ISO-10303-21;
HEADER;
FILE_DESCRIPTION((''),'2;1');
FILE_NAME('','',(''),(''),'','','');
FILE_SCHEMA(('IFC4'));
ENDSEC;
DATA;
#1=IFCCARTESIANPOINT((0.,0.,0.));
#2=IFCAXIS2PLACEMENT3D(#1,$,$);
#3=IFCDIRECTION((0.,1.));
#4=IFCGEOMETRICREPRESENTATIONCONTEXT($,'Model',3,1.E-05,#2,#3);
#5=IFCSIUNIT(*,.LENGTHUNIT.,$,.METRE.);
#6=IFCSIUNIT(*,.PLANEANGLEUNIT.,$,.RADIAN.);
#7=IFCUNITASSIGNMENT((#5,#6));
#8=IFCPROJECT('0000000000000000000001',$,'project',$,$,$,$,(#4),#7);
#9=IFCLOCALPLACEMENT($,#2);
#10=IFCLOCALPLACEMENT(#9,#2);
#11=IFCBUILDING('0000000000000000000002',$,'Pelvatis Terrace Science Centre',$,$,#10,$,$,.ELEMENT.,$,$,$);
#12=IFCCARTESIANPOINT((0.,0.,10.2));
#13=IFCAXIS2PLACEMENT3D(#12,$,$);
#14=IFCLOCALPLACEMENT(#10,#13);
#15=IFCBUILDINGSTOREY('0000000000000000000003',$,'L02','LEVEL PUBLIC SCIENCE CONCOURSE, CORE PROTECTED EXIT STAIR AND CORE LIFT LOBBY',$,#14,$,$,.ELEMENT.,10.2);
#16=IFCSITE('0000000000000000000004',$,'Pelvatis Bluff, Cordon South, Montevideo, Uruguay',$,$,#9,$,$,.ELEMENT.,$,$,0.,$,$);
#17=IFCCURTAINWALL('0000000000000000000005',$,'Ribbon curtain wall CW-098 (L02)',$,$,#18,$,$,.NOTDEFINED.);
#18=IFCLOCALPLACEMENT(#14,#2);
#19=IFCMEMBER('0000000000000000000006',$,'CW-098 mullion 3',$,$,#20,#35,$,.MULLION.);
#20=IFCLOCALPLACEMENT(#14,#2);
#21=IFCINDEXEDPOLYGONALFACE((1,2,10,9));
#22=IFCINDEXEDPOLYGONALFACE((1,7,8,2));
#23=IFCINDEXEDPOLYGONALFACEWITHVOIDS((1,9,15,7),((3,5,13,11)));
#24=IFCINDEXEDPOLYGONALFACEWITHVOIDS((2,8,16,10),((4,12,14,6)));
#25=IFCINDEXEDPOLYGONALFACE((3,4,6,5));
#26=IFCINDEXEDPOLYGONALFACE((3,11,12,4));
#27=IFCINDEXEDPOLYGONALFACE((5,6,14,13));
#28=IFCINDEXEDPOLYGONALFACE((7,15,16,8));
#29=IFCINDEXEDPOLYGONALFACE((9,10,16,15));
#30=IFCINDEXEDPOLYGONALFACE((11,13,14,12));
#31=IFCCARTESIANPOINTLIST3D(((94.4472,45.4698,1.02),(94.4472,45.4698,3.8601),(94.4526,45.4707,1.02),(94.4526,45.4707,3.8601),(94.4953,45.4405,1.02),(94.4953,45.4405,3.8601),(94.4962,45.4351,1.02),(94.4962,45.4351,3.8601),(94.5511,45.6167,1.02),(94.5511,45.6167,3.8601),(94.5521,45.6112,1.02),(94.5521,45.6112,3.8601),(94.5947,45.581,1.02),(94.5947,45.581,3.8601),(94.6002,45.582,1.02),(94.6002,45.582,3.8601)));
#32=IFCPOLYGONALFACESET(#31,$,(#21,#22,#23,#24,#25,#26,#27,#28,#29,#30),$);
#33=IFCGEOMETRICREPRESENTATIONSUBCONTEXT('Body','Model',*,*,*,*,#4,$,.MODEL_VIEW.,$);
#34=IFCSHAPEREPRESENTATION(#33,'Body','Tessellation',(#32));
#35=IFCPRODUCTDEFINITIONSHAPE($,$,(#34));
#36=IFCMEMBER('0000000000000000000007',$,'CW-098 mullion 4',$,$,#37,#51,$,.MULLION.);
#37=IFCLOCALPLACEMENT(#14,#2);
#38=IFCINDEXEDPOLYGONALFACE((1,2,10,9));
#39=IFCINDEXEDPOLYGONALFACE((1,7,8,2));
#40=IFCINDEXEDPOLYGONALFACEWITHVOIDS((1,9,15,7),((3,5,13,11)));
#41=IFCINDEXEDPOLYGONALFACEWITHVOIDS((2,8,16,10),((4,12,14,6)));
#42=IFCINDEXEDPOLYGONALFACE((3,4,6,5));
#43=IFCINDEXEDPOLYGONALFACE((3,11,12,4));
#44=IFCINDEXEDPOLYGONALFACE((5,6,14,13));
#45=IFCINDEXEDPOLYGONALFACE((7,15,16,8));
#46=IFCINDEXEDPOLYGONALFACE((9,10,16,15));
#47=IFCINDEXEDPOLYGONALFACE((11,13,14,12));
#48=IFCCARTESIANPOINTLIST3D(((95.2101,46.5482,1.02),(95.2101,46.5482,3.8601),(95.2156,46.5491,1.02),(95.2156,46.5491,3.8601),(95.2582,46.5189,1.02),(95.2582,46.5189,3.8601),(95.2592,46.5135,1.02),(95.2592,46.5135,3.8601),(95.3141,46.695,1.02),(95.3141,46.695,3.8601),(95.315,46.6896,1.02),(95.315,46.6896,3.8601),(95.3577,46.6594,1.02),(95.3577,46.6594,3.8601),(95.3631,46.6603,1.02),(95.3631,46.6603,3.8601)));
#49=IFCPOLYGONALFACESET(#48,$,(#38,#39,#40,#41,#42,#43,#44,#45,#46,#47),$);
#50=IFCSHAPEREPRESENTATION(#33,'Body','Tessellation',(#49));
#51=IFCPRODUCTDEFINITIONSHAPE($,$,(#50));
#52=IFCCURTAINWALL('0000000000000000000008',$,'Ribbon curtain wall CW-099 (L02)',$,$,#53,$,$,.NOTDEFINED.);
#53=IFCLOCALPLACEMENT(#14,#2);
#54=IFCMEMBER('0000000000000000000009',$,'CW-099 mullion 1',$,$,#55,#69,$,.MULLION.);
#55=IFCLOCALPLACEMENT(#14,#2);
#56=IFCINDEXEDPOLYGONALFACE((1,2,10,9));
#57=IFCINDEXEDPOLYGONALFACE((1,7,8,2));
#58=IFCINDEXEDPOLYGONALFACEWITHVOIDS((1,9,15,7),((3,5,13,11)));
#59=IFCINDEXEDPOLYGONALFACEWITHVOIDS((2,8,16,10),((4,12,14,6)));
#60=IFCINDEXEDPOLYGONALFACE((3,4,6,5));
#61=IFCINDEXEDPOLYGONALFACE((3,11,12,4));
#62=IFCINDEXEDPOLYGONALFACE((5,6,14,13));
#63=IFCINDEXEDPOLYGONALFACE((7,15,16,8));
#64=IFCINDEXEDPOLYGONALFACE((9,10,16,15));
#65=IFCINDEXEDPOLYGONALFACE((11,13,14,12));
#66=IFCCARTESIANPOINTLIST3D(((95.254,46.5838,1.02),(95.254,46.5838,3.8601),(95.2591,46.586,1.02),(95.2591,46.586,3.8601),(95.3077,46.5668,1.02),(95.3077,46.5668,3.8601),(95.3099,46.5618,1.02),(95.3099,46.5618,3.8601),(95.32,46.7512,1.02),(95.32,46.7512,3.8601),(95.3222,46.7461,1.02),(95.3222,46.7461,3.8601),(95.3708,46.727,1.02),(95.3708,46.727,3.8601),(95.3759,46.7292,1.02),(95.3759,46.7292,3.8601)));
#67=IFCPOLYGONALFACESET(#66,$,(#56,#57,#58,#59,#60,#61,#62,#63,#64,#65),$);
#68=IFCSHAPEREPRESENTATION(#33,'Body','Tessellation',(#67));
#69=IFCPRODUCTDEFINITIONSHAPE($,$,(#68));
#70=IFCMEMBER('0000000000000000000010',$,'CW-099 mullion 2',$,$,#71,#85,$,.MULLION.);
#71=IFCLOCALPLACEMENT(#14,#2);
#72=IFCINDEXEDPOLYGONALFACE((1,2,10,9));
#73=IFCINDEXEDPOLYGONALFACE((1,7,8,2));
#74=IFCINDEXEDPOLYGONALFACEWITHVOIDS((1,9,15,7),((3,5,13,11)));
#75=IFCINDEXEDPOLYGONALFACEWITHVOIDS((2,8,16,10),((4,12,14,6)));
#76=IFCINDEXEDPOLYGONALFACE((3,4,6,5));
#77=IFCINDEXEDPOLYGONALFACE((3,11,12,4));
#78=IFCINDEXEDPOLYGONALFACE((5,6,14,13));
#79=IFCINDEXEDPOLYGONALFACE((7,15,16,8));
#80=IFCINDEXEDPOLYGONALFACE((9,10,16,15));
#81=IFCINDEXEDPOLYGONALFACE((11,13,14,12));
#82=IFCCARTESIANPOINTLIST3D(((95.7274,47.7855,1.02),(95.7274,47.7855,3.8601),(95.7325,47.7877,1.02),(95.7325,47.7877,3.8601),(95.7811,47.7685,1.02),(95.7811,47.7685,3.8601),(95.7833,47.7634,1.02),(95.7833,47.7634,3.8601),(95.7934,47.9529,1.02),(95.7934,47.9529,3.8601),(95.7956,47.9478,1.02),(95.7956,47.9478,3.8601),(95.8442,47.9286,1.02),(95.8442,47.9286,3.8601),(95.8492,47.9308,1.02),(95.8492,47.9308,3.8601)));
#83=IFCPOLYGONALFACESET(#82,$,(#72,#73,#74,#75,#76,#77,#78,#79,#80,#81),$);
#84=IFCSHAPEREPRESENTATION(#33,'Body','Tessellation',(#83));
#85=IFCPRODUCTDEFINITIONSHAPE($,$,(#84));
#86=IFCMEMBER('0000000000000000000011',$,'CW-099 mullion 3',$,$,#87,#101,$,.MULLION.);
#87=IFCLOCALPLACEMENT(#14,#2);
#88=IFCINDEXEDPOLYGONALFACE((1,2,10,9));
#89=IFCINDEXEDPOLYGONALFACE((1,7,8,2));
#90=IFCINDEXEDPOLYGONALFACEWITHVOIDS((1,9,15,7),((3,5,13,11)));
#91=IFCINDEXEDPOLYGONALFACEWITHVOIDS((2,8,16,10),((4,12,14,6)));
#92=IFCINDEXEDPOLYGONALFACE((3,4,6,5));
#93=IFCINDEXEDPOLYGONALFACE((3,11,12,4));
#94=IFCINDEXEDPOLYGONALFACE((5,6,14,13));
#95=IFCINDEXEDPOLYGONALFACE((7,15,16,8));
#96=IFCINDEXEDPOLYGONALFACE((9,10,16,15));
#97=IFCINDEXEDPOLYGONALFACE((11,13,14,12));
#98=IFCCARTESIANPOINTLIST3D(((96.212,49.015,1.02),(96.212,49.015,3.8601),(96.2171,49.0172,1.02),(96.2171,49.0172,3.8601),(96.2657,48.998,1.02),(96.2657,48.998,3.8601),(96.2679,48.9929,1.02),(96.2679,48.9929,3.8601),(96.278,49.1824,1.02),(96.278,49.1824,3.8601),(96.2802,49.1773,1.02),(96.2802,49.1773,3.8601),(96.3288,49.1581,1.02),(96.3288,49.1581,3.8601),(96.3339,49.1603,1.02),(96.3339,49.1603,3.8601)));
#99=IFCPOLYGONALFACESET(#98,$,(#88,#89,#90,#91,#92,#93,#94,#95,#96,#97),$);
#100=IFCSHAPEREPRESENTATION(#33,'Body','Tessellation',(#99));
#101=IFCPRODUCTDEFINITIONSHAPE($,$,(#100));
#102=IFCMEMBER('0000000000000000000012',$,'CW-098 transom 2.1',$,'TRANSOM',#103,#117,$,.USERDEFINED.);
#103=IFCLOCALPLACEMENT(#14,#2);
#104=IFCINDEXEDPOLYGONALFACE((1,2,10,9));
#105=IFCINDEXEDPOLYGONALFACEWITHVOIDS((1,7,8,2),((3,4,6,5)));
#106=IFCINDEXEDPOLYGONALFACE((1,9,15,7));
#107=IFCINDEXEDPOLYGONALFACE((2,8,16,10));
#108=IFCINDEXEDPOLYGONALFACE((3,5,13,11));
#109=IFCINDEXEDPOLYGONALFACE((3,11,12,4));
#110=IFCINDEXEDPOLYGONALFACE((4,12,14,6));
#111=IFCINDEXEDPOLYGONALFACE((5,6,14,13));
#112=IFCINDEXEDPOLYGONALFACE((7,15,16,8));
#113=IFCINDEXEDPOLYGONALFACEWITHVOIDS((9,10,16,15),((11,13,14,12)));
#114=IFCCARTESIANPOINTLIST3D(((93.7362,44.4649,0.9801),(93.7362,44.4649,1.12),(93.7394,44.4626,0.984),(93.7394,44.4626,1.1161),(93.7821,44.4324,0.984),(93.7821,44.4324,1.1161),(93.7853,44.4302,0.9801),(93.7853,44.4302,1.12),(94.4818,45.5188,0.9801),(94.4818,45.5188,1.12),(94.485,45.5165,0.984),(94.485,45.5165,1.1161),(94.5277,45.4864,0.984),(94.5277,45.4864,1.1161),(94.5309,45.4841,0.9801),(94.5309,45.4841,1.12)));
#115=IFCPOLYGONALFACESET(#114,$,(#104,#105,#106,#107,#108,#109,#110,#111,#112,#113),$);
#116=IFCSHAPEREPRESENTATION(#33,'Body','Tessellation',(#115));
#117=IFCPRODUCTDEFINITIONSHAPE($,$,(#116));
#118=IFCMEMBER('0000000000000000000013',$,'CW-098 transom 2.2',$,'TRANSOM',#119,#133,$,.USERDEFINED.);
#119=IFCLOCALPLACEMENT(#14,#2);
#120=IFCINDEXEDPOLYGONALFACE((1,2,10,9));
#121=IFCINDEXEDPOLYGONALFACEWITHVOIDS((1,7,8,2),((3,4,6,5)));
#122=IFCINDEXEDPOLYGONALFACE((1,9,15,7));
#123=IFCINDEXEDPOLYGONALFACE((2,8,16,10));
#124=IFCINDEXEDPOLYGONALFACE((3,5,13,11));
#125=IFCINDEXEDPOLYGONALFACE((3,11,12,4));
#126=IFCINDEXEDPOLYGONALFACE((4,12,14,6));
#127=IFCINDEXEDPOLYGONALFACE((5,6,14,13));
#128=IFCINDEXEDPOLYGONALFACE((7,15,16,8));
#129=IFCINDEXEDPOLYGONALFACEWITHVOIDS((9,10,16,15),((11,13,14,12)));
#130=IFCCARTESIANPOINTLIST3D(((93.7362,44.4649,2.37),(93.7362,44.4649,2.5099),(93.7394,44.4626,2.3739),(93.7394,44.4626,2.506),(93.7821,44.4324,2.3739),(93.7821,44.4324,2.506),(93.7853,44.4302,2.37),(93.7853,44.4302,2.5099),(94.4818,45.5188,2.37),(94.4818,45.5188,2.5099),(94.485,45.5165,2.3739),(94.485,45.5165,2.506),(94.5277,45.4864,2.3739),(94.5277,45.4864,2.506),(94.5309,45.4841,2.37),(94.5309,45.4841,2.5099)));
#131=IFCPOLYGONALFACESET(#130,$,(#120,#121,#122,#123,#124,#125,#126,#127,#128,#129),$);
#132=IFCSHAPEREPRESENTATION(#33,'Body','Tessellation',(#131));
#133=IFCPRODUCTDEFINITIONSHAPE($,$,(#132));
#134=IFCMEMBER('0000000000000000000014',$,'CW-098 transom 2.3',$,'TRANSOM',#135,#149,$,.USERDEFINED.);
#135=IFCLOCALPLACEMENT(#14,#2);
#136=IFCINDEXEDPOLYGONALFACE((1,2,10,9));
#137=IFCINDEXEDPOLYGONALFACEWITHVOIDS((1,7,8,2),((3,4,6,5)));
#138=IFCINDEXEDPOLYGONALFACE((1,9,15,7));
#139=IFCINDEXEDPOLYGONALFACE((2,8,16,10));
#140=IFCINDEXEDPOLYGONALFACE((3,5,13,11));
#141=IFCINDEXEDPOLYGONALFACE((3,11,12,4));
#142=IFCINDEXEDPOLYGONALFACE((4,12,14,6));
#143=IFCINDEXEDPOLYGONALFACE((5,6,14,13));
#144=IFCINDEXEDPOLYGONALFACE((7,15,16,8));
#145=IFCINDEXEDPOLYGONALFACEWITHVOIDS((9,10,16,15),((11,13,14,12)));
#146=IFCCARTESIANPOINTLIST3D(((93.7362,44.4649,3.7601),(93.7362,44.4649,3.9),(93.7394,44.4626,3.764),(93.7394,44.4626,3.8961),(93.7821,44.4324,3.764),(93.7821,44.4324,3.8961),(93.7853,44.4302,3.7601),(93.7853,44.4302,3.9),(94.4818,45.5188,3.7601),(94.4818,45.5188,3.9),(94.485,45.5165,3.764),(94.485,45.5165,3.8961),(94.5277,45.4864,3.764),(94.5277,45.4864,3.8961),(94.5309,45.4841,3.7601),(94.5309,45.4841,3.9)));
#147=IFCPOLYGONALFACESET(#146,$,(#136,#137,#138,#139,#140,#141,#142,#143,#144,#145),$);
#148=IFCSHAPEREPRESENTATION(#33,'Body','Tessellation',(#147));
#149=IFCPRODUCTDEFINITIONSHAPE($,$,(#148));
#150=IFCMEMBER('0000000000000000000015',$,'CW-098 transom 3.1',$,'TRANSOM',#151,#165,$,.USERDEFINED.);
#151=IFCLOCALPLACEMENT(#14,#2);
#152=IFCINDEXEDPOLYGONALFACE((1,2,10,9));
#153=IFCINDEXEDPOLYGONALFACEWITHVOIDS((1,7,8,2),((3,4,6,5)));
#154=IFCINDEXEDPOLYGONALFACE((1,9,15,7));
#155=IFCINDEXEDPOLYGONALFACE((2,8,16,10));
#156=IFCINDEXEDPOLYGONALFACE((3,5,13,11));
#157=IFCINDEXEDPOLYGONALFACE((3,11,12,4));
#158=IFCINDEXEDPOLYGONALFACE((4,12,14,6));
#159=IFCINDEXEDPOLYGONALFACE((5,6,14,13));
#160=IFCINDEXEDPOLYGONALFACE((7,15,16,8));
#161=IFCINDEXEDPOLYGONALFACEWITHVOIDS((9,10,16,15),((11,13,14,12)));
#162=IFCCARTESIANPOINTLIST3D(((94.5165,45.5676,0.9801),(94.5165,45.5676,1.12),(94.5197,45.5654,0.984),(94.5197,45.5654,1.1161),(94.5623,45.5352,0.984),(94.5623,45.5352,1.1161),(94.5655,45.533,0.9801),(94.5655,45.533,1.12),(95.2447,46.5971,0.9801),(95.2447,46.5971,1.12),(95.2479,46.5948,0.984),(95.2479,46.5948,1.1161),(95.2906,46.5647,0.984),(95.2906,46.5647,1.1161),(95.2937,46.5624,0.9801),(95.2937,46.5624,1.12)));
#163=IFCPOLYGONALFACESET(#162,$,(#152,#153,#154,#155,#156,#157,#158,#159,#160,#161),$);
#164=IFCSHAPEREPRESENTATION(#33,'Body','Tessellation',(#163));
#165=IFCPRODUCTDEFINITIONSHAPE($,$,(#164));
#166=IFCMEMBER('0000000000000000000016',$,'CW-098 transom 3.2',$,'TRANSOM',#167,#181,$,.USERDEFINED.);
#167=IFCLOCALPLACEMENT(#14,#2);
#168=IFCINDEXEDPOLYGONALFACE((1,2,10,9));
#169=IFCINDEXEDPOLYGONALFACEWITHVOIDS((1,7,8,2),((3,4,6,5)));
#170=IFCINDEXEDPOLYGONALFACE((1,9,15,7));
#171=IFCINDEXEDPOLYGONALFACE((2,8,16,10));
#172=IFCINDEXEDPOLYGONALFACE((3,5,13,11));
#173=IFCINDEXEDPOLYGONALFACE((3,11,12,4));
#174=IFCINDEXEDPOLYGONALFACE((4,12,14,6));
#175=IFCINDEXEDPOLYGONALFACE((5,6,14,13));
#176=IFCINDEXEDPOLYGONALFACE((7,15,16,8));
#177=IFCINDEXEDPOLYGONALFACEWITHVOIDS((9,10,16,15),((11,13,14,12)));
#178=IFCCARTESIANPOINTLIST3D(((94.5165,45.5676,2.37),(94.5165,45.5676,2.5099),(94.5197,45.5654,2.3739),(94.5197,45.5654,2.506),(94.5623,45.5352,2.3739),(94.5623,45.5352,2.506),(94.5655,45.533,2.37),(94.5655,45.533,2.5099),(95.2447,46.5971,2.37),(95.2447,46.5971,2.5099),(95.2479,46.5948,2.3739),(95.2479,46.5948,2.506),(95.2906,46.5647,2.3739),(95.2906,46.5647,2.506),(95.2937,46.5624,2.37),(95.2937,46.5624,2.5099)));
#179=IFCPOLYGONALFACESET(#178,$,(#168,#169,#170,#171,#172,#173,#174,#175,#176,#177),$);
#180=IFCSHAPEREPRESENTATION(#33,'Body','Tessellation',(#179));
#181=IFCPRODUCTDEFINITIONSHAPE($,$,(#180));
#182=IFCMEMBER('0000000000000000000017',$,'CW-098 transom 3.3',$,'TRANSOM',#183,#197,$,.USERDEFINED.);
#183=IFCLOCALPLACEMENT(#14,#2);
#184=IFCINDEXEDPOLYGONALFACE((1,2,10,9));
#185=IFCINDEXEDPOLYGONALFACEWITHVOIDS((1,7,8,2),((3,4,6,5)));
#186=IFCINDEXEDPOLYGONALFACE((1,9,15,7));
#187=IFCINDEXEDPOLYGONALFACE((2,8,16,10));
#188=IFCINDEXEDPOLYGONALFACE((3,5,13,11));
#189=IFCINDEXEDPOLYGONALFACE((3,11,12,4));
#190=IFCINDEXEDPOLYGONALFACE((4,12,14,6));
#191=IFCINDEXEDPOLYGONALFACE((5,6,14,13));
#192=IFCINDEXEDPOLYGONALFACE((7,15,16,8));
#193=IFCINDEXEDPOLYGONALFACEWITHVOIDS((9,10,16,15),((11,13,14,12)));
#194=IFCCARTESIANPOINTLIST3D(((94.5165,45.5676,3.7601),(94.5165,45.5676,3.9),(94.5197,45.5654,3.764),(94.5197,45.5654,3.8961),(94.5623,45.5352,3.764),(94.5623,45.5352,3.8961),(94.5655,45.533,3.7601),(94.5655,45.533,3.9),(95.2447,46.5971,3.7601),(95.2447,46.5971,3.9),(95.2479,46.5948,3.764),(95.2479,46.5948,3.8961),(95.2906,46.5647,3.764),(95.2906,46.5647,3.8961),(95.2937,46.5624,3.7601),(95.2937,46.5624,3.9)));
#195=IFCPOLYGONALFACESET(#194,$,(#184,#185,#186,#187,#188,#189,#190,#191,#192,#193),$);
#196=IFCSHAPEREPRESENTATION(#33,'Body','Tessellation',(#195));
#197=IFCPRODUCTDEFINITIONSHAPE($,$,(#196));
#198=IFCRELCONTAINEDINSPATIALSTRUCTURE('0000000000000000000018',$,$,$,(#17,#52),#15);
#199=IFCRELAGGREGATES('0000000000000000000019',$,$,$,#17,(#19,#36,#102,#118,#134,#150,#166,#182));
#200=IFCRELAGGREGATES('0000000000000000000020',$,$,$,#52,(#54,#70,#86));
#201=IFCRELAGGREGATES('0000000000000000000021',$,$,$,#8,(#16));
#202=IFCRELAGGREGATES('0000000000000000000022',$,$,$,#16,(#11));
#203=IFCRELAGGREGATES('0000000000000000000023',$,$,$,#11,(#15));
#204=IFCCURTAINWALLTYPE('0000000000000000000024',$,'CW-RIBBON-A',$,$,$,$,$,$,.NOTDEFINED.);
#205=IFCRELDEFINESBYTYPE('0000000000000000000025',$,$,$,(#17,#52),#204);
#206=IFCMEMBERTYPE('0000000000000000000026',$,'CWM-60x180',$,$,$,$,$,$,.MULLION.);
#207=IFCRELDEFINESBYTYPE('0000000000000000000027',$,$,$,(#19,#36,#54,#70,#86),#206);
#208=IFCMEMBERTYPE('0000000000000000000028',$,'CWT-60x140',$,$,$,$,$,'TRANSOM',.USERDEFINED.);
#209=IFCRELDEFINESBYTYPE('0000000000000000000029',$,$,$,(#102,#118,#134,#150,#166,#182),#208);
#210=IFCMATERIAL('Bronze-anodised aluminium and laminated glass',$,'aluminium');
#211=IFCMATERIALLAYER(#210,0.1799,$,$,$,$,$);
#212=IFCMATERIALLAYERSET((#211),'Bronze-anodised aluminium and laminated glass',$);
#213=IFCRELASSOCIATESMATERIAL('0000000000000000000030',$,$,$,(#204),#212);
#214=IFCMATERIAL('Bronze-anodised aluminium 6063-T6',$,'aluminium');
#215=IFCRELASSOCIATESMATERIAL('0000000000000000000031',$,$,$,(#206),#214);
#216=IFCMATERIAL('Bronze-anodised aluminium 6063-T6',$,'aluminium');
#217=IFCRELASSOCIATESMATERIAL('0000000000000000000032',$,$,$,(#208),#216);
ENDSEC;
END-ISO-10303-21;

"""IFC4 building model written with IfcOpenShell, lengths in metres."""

from ifc_helpers import new_model, si_unit, direction, frame, origin, origin_2d, place, context, subcontext, project, spatial, hollow_rectangle, extrude, material, layer, layer_set, material_profile, profile_set, type_object, element, aggregate, save


model = new_model("IFC4")

# Units and contexts
model_context = context("Model", 3, precision=1e-05, world=origin(), true_north=direction((0.0, 1.0)))
body_context = subcontext(model_context, "Body", "Model", "MODEL_VIEW")
ifc_project = project(units=[si_unit("LENGTHUNIT", "METRE"), si_unit("PLANEANGLEUNIT", "RADIAN")], contexts=[model_context])

# Site, building, storey
site_placement = place(None, origin())
site = spatial("IfcSite", under=ifc_project, at=site_placement, Name="Pelvatis Bluff, Cordon South, Montevideo, Uruguay", CompositionType="ELEMENT", RefElevation=0.0)
building_placement = place(site_placement, origin())
building = spatial("IfcBuilding", under=site, at=building_placement, Name="Pelvatis Terrace Science Centre", CompositionType="ELEMENT")
storey_placement = place(building_placement, frame((0.0, 0.0, 10.2)))
storey = spatial("IfcBuildingStorey", under=building, at=storey_placement, Name="L02", Description="LEVEL PUBLIC SCIENCE CONCOURSE, CORE PROTECTED EXIT STAIR AND CORE LIFT LOBBY", CompositionType="ELEMENT", Elevation=10.2)

# Curtain walls, members
ifc_material_1 = material(Name="Bronze-anodised aluminium and laminated glass", Category="aluminium")
ifc_layer_1 = layer(ifc_material_1, 0.1799)
ifc_layer_set_1 = layer_set([ifc_layer_1], Name="Bronze-anodised aluminium and laminated glass")
curtain_wall_type = type_object("IfcCurtainWallType", Name="CW-RIBBON-A", PredefinedType="NOTDEFINED", material=ifc_layer_set_1)
curtain_wall_1_placement = place(storey_placement, origin())
curtain_wall_1 = element("IfcCurtainWall", 1, at=curtain_wall_1_placement, inside=storey, type_object=curtain_wall_type, Name="Ribbon curtain wall CW-098 (L02)", PredefinedType="NOTDEFINED")
ifc_material_2 = material(Name="Bronze-anodised aluminium 6063-T6", Category="aluminium")
ifc_material_profile_1 = material_profile(ifc_material_2, hollow_rectangle(XDim=0.0601, YDim=0.1799, WallThickness=0.0039, at=origin_2d()), Name="ALU-MUL 60x180")
ifc_profile_set_1 = profile_set([ifc_material_profile_1], Name="Bronze-anodised aluminium 6063-T6")
member_type_1 = type_object("IfcMemberType", Name="CWM-60x180", PredefinedType="MULLION", material=ifc_profile_set_1)
member_1_placement = place(storey_placement, frame((94.5237, 45.5259, 1.02), z_axis=(0.0, 0.0, 1.0), x_axis=(-0.816326, 0.577591, 0.0)))
member_1 = element("IfcMember", 2, at=member_1_placement, type_object=member_type_1, Name="CW-098 mullion 3", PredefinedType="MULLION", context=body_context, shape_type="SweptSolid", body=[
    extrude(hollow_rectangle(XDim=0.0601, YDim=0.1799, WallThickness=0.0039, at=origin_2d()), origin(), (0.0, 0.0, 1.0), 2.8401),
])
member_2_placement = place(storey_placement, frame((95.2866, 46.6042, 1.02), z_axis=(0.0, 0.0, 1.0), x_axis=(-0.816326, 0.577591, 0.0)))
member_2 = element("IfcMember", 3, at=member_2_placement, type_object=member_type_1, Name="CW-098 mullion 4", PredefinedType="MULLION", context=body_context, shape_type="SweptSolid", body=[
    extrude(hollow_rectangle(XDim=0.0601, YDim=0.1799, WallThickness=0.0039, at=origin_2d()), origin(), (0.0, 0.0, 1.0), 2.8401),
])
curtain_wall_2_placement = place(storey_placement, origin())
curtain_wall_2 = element("IfcCurtainWall", 4, at=curtain_wall_2_placement, inside=storey, type_object=curtain_wall_type, Name="Ribbon curtain wall CW-099 (L02)", PredefinedType="NOTDEFINED")
member_3_placement = place(storey_placement, frame((95.3149, 46.6565, 1.02), z_axis=(0.0, 0.0, 1.0), x_axis=(-0.93038, 0.366597, 0.0)))
member_3 = element("IfcMember", 5, at=member_3_placement, type_object=member_type_1, Name="CW-099 mullion 1", PredefinedType="MULLION", context=body_context, shape_type="SweptSolid", body=[
    extrude(hollow_rectangle(XDim=0.0601, YDim=0.1799, WallThickness=0.0039, at=origin_2d()), origin(), (0.0, 0.0, 1.0), 2.8401),
])
member_4_placement = place(storey_placement, frame((95.7883, 47.8582, 1.02), z_axis=(0.0, 0.0, 1.0), x_axis=(-0.93038, 0.366597, 0.0)))
member_4 = element("IfcMember", 6, at=member_4_placement, type_object=member_type_1, Name="CW-099 mullion 2", PredefinedType="MULLION", context=body_context, shape_type="SweptSolid", body=[
    extrude(hollow_rectangle(XDim=0.0601, YDim=0.1799, WallThickness=0.0039, at=origin_2d()), origin(), (0.0, 0.0, 1.0), 2.8401),
])
member_5_placement = place(storey_placement, frame((96.2729, 49.0876, 1.02), z_axis=(0.0, 0.0, 1.0), x_axis=(-0.93038, 0.366597, 0.0)))
member_5 = element("IfcMember", 7, at=member_5_placement, type_object=member_type_1, Name="CW-099 mullion 3", PredefinedType="MULLION", context=body_context, shape_type="SweptSolid", body=[
    extrude(hollow_rectangle(XDim=0.0601, YDim=0.1799, WallThickness=0.0039, at=origin_2d()), origin(), (0.0, 0.0, 1.0), 2.8401),
])

# Members
ifc_material_3 = material(Name="Bronze-anodised aluminium 6063-T6", Category="aluminium")
ifc_material_profile_2 = material_profile(ifc_material_3, hollow_rectangle(XDim=0.0601, YDim=0.1399, WallThickness=0.0039, at=origin_2d()), Name="ALU-TRN 60x140")
ifc_profile_set_2 = profile_set([ifc_material_profile_2], Name="Bronze-anodised aluminium 6063-T6")
member_type_2 = type_object("IfcMemberType", Name="CWT-60x140", ElementType="TRANSOM", PredefinedType="USERDEFINED", material=ifc_profile_set_2)
member_6_placement = place(storey_placement, frame((93.7607, 44.4475, 1.05), z_axis=(0.577529, 0.81637, 0.0), x_axis=(-0.81637, 0.577529, 0.0)))
member_6 = element("IfcMember", 8, at=member_6_placement, type_object=member_type_2, Name="CW-098 transom 2.1", ObjectType="TRANSOM", PredefinedType="USERDEFINED", context=body_context, shape_type="SweptSolid", body=[
    extrude(hollow_rectangle(XDim=0.0601, YDim=0.1399, WallThickness=0.0039, at=origin_2d()), origin(), (0.0, 0.0, 1.0), 1.291),
])
member_7_placement = place(storey_placement, frame((93.7607, 44.4475, 2.4399), z_axis=(0.577529, 0.81637, 0.0), x_axis=(-0.81637, 0.577529, 0.0)))
member_7 = element("IfcMember", 9, at=member_7_placement, type_object=member_type_2, Name="CW-098 transom 2.2", ObjectType="TRANSOM", PredefinedType="USERDEFINED", context=body_context, shape_type="SweptSolid", body=[
    extrude(hollow_rectangle(XDim=0.0601, YDim=0.1399, WallThickness=0.0039, at=origin_2d()), origin(), (0.0, 0.0, 1.0), 1.291),
])
member_8_placement = place(storey_placement, frame((93.7607, 44.4475, 3.8301), z_axis=(0.577529, 0.81637, 0.0), x_axis=(-0.81637, 0.577529, 0.0)))
member_8 = element("IfcMember", 10, at=member_8_placement, type_object=member_type_2, Name="CW-098 transom 2.3", ObjectType="TRANSOM", PredefinedType="USERDEFINED", context=body_context, shape_type="SweptSolid", body=[
    extrude(hollow_rectangle(XDim=0.0601, YDim=0.1399, WallThickness=0.0039, at=origin_2d()), origin(), (0.0, 0.0, 1.0), 1.291),
])
member_9_placement = place(storey_placement, frame((94.541, 45.5503, 1.05), z_axis=(0.577496, 0.816393, 0.0), x_axis=(-0.816393, 0.577496, 0.0)))
member_9 = element("IfcMember", 11, at=member_9_placement, type_object=member_type_2, Name="CW-098 transom 3.1", ObjectType="TRANSOM", PredefinedType="USERDEFINED", context=body_context, shape_type="SweptSolid", body=[
    extrude(hollow_rectangle(XDim=0.0601, YDim=0.1399, WallThickness=0.0039, at=origin_2d()), origin(), (0.0, 0.0, 1.0), 1.261),
])
member_10_placement = place(storey_placement, frame((94.541, 45.5503, 2.4399), z_axis=(0.577496, 0.816393, 0.0), x_axis=(-0.816393, 0.577496, 0.0)))
member_10 = element("IfcMember", 12, at=member_10_placement, type_object=member_type_2, Name="CW-098 transom 3.2", ObjectType="TRANSOM", PredefinedType="USERDEFINED", context=body_context, shape_type="SweptSolid", body=[
    extrude(hollow_rectangle(XDim=0.0601, YDim=0.1399, WallThickness=0.0039, at=origin_2d()), origin(), (0.0, 0.0, 1.0), 1.261),
])
member_11_placement = place(storey_placement, frame((94.541, 45.5503, 3.8301), z_axis=(0.577496, 0.816393, 0.0), x_axis=(-0.816393, 0.577496, 0.0)))
member_11 = element("IfcMember", 13, at=member_11_placement, type_object=member_type_2, Name="CW-098 transom 3.3", ObjectType="TRANSOM", PredefinedType="USERDEFINED", context=body_context, shape_type="SweptSolid", body=[
    extrude(hollow_rectangle(XDim=0.0601, YDim=0.1399, WallThickness=0.0039, at=origin_2d()), origin(), (0.0, 0.0, 1.0), 1.261),
])

aggregate(curtain_wall_1, [member_1, member_2, member_6, member_7, member_8, member_9, member_10, member_11])
aggregate(curtain_wall_2, [member_3, member_4, member_5])

save(model, "model.ifc")
